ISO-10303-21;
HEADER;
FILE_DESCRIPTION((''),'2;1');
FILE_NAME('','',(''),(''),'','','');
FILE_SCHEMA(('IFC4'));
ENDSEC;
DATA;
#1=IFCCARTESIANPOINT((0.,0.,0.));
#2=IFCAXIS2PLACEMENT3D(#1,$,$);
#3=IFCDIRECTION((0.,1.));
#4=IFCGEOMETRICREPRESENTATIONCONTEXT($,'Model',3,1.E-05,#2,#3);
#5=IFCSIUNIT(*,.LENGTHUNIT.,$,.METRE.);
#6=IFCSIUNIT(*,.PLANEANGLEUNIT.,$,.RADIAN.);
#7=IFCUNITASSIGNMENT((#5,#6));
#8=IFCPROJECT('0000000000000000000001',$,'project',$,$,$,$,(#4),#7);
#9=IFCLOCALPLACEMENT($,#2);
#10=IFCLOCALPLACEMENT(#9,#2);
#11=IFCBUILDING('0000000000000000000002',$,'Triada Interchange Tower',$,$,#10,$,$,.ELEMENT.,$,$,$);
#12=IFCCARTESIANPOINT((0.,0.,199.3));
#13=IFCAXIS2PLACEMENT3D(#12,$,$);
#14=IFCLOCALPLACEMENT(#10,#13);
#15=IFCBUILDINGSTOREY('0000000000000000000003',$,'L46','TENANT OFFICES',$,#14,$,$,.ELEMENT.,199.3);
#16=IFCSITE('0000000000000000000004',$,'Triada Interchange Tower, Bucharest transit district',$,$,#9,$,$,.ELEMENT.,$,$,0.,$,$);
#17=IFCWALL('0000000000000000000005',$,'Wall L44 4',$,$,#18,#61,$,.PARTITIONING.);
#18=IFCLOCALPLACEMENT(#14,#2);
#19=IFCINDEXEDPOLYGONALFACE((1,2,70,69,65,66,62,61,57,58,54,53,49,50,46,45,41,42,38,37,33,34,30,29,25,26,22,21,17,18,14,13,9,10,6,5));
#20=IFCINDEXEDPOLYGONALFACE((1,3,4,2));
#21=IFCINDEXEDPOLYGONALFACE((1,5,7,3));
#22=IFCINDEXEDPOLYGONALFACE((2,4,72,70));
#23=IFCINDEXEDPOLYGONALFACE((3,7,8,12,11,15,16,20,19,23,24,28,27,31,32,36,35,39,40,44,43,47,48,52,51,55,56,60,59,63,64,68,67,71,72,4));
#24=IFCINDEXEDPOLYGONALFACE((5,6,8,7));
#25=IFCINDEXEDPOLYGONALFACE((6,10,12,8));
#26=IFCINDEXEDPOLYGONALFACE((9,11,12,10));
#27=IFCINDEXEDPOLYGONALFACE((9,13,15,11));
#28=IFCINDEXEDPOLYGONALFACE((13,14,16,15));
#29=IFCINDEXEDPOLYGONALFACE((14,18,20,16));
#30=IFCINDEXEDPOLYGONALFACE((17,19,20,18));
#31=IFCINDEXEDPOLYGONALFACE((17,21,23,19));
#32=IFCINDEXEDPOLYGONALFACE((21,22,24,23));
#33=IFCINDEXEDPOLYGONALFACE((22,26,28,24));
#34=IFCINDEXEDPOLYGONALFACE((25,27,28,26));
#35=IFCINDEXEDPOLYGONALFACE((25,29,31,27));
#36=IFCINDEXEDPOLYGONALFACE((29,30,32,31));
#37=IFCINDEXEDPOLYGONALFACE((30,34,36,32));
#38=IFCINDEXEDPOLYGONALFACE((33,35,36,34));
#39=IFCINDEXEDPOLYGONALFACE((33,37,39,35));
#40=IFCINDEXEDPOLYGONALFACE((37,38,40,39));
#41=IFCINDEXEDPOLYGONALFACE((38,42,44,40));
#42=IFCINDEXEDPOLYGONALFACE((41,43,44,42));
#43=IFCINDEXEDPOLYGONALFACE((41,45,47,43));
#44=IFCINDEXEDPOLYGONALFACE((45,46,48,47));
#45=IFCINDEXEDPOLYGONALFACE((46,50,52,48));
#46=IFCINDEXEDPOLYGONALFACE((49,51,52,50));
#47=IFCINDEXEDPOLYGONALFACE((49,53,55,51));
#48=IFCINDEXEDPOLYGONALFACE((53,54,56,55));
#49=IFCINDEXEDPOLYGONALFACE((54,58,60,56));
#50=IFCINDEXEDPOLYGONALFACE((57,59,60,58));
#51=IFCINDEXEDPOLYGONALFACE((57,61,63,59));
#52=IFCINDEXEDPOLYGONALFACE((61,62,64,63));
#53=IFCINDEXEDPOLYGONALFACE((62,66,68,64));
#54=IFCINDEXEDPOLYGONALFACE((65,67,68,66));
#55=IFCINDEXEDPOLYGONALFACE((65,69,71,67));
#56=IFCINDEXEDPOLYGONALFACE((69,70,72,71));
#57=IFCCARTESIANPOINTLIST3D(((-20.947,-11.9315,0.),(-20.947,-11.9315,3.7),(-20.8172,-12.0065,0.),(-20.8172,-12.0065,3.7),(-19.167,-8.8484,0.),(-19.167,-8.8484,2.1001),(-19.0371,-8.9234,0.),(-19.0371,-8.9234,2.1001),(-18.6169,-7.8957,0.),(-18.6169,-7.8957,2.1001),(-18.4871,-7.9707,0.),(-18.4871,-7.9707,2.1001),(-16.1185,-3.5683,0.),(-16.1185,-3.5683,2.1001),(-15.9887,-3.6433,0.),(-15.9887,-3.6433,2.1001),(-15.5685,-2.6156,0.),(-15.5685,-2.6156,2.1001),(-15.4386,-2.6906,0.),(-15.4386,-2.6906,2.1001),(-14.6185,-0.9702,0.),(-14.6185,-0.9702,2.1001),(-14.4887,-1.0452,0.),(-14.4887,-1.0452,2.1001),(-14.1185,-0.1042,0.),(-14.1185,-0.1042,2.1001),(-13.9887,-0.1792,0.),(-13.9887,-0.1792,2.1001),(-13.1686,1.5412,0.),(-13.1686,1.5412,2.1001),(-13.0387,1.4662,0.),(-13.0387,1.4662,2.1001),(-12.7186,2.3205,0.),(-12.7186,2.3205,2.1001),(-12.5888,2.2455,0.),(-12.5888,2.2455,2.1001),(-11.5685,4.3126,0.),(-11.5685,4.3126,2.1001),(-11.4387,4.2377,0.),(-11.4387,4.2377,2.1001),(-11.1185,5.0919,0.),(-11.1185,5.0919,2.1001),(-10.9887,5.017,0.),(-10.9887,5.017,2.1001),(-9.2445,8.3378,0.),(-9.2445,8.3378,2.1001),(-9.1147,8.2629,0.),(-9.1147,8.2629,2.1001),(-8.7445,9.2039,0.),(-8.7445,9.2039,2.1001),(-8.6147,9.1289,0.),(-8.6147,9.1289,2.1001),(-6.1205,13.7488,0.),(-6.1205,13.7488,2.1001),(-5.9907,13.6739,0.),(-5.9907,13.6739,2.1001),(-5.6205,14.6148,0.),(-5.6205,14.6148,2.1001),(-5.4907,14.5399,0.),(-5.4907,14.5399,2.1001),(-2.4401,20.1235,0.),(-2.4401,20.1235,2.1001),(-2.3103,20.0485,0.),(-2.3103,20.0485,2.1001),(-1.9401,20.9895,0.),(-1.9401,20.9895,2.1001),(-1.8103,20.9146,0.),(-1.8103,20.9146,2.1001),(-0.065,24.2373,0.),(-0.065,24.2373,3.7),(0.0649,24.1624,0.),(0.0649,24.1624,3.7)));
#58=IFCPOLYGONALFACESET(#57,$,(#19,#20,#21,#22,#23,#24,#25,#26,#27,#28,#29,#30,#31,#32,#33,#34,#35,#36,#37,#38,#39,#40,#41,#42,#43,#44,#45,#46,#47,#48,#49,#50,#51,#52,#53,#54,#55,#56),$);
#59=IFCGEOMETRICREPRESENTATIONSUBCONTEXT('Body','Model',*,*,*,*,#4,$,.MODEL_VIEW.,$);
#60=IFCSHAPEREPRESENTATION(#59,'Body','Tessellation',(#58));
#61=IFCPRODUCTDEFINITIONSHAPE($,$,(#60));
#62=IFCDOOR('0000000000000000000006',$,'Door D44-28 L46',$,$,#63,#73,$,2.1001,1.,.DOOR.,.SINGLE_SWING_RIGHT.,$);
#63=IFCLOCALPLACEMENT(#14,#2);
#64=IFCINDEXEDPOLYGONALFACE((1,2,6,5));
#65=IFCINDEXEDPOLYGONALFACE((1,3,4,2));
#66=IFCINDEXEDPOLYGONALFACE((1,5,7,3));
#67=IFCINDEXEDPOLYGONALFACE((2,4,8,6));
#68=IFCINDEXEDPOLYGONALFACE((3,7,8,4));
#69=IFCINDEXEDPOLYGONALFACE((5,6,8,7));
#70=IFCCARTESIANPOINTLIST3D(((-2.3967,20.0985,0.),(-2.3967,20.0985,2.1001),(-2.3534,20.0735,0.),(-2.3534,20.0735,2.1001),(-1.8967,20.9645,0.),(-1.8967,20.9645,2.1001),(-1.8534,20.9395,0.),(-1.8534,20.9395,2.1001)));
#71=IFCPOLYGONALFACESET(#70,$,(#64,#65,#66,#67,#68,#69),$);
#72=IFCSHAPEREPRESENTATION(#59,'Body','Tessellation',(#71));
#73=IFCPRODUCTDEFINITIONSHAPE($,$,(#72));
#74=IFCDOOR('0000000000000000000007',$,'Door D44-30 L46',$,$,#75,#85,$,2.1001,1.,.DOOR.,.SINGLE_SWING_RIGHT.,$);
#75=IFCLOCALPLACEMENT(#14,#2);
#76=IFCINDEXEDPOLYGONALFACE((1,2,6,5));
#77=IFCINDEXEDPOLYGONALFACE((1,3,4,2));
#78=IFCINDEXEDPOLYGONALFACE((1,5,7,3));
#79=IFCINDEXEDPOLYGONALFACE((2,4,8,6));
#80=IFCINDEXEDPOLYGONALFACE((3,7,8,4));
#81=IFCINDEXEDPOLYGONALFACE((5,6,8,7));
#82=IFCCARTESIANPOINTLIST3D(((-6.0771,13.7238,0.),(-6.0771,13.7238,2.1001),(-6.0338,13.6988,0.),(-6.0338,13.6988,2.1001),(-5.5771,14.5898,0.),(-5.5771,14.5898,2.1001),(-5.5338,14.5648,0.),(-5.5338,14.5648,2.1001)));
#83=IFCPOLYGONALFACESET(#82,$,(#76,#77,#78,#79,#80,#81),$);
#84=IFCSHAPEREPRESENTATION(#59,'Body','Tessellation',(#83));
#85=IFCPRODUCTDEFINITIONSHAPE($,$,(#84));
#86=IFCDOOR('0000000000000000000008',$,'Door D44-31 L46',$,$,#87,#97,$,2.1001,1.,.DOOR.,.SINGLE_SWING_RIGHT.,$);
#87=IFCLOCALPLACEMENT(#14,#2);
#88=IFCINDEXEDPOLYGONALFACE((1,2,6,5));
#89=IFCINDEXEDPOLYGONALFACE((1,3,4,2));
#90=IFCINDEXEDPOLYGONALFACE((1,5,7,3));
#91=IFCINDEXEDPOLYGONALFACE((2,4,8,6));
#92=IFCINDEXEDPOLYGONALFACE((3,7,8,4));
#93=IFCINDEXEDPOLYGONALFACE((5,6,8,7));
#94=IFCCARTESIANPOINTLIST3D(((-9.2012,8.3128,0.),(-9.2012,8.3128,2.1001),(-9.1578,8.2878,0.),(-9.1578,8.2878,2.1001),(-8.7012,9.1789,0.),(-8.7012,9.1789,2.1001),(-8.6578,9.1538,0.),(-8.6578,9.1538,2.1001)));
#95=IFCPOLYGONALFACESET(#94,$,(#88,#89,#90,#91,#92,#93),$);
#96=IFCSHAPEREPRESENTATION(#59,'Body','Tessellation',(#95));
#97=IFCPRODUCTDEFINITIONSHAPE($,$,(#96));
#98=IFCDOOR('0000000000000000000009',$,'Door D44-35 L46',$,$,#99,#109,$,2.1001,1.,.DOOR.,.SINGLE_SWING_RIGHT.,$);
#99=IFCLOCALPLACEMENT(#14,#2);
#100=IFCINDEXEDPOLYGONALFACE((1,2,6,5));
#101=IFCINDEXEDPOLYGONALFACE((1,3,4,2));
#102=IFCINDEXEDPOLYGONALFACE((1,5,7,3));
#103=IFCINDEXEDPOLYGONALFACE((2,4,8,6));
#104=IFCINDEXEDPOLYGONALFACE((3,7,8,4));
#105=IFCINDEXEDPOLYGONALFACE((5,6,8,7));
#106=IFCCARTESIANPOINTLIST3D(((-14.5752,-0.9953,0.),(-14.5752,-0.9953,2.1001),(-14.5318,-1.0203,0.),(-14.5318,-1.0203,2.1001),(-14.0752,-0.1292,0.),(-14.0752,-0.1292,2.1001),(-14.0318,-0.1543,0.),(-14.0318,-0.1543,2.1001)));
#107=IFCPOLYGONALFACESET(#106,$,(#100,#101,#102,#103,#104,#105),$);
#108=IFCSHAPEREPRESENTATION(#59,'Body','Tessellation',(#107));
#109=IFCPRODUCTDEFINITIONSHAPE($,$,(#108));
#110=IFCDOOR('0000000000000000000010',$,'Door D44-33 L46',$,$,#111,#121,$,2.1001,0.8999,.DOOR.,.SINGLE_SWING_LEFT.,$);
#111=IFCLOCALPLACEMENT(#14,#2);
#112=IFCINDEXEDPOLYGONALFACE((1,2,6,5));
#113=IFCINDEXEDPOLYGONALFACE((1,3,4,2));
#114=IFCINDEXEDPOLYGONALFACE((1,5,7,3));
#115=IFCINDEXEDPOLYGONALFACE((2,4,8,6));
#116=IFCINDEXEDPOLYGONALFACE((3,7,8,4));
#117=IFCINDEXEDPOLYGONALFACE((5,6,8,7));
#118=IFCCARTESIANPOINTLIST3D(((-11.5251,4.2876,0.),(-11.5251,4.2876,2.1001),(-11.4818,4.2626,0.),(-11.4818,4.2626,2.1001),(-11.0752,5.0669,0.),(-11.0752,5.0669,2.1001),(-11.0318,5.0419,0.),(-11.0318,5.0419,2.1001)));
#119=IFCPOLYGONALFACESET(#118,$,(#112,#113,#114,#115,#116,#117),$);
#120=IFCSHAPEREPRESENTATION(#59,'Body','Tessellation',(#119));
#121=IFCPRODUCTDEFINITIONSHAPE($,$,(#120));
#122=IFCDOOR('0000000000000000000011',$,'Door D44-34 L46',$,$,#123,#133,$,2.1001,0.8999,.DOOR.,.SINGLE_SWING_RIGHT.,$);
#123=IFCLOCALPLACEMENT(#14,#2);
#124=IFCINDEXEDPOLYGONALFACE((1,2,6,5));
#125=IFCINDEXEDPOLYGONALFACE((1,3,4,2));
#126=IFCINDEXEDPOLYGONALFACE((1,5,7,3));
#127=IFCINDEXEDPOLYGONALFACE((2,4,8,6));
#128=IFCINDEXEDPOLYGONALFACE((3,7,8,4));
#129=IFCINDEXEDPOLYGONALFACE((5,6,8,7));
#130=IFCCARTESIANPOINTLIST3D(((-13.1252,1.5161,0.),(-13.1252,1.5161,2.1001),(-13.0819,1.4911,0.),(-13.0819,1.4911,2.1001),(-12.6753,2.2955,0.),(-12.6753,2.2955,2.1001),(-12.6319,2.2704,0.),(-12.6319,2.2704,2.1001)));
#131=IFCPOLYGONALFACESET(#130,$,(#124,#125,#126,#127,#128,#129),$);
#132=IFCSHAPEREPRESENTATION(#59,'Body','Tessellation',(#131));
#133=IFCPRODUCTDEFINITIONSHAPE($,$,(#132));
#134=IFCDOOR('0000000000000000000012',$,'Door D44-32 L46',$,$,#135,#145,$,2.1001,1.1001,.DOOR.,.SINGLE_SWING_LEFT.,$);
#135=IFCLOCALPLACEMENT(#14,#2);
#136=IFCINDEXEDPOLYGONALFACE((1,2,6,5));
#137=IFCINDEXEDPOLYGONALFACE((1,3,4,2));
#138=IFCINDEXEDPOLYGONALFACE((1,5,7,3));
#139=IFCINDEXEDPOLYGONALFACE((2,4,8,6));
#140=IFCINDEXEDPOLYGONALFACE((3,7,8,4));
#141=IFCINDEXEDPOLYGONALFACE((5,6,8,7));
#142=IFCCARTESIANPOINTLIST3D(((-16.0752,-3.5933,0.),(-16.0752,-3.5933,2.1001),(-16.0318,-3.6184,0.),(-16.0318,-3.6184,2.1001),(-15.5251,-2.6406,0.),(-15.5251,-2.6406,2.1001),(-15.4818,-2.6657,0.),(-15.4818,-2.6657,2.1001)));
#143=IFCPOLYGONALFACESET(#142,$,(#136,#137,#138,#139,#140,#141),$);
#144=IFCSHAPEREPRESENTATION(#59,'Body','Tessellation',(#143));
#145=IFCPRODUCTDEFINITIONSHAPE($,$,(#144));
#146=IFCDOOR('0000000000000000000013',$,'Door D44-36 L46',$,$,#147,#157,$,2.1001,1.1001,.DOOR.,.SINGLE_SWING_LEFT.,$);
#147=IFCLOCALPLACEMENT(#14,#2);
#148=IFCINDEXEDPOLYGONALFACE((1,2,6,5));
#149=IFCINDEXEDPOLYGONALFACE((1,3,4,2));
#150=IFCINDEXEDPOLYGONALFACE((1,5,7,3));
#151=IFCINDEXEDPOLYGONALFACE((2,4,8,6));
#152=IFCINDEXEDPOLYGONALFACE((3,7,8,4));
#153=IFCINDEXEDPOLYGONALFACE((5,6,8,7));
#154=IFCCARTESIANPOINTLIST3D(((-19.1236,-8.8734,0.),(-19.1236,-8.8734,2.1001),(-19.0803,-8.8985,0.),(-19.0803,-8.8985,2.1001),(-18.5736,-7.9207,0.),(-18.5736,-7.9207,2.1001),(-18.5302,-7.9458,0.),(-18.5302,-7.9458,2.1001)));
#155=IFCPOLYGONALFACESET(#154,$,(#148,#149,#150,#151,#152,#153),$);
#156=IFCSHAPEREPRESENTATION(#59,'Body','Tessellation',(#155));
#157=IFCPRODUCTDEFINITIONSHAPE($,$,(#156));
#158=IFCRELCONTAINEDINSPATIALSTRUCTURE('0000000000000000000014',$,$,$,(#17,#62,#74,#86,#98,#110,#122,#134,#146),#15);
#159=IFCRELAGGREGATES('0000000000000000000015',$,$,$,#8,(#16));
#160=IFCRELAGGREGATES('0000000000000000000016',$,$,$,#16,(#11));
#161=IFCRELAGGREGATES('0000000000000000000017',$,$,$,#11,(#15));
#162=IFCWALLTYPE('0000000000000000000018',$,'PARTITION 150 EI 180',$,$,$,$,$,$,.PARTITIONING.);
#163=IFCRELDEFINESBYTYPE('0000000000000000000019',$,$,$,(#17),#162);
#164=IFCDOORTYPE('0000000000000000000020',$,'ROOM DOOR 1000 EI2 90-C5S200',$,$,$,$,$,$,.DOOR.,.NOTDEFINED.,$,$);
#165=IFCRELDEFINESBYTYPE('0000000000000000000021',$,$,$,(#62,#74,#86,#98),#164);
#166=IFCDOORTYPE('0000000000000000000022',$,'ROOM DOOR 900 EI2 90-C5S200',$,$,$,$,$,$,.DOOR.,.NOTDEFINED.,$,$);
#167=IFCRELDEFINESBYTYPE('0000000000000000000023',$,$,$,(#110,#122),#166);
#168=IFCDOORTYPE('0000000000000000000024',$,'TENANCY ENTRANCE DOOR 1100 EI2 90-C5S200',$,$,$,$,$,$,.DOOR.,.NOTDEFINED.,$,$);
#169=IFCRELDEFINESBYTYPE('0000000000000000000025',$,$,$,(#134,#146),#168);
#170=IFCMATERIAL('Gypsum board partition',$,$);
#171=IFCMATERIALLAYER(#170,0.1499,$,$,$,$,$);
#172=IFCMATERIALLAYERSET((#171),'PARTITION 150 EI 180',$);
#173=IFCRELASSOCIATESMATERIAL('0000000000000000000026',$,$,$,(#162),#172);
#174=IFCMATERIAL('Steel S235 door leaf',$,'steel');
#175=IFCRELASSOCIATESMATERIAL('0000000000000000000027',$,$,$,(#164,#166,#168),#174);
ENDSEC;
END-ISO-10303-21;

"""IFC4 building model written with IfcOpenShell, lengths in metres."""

from ifc_helpers import new_model, si_unit, direction, frame, frame_2d, origin, place, context, subcontext, project, spatial, rectangle, extrude, material, layer, layer_set, type_object, element, fill, save


model = new_model("IFC4")

# Units and contexts
model_context = context("Model", 3, precision=1e-05, world=origin(), true_north=direction((0.0, 1.0)))
body_context = subcontext(model_context, "Body", "Model", "MODEL_VIEW")
ifc_project = project(units=[si_unit("LENGTHUNIT", "METRE"), si_unit("PLANEANGLEUNIT", "RADIAN")], contexts=[model_context])

# Site, building, storey
site_placement = place(None, origin())
site = spatial("IfcSite", under=ifc_project, at=site_placement, Name="Triada Interchange Tower, Bucharest transit district", CompositionType="ELEMENT", RefElevation=0.0)
building_placement = place(site_placement, origin())
building = spatial("IfcBuilding", under=site, at=building_placement, Name="Triada Interchange Tower", CompositionType="ELEMENT")
storey_placement = place(building_placement, frame((0.0, 0.0, 199.3)))
storey = spatial("IfcBuildingStorey", under=building, at=storey_placement, Name="L46", Description="TENANT OFFICES", CompositionType="ELEMENT", Elevation=199.3)

# Wall, openings, doors
ifc_material_1 = material(Name="Gypsum board partition")
ifc_layer_1 = layer(ifc_material_1, 0.1499)
ifc_layer_set_1 = layer_set([ifc_layer_1], Name="PARTITION 150 EI 180")
wall_type_1 = type_object("IfcWallType", Name="PARTITION 150 EI 180", PredefinedType="PARTITIONING", material=ifc_layer_set_1)
wall_1_placement = place(storey_placement, frame((-20.8821, -11.969, 0.0), z_axis=(0.0, 0.0, 1.0), x_axis=(0.499999, 0.866026, 0.0)))
wall_1 = element("IfcWall", 1, at=wall_1_placement, inside=storey, type_object=wall_type_1, Name="Wall L44 4", PredefinedType="PARTITIONING", context=body_context, shape_type="SweptSolid", body=[
    extrude(rectangle(XDim=41.7642, YDim=0.1499, at=frame_2d((20.8821, 0.0))), origin(), (0.0, 0.0, 1.0), 3.7),
])
opening_1_placement = place(wall_1_placement, frame((37.0139, 0.0, 0.0)))
opening_1 = element("IfcOpeningElement", 2, at=opening_1_placement, cuts=wall_1, PredefinedType="OPENING", context=body_context, shape_type="SweptSolid", body=[
    extrude(rectangle(XDim=1.0, YDim=2.1001, at=frame_2d((0.5, 1.05))), frame((0.0, 0.085, 0.0), z_axis=(0.0, -1.0, 0.0), x_axis=(1.0, 0.0, 0.0)), (0.0, 0.0, 1.0), 0.1699),
])
opening_2_placement = place(wall_1_placement, frame((29.6531, 0.0, 0.0)))
opening_2 = element("IfcOpeningElement", 3, at=opening_2_placement, cuts=wall_1, PredefinedType="OPENING", context=body_context, shape_type="SweptSolid", body=[
    extrude(rectangle(XDim=1.0, YDim=2.1001, at=frame_2d((0.5, 1.05))), frame((0.0, 0.085, 0.0), z_axis=(0.0, -1.0, 0.0), x_axis=(1.0, 0.0, 0.0)), (0.0, 0.0, 1.0), 0.1699),
])
opening_3_placement = place(wall_1_placement, frame((23.405, 0.0, 0.0)))
opening_3 = element("IfcOpeningElement", 4, at=opening_3_placement, cuts=wall_1, PredefinedType="OPENING", context=body_context, shape_type="SweptSolid", body=[
    extrude(rectangle(XDim=1.0, YDim=2.1001, at=frame_2d((0.5, 1.05))), frame((0.0, 0.085, 0.0), z_axis=(0.0, -1.0, 0.0), x_axis=(1.0, 0.0, 0.0)), (0.0, 0.0, 1.0), 0.1699),
])
opening_4_placement = place(wall_1_placement, frame((9.657, 0.0, 0.0)))
opening_4 = element("IfcOpeningElement", 5, at=opening_4_placement, cuts=wall_1, PredefinedType="OPENING", context=body_context, shape_type="SweptSolid", body=[
    extrude(rectangle(XDim=1.1001, YDim=2.1001, at=frame_2d((0.55, 1.05))), frame((0.0, 0.085, 0.0), z_axis=(0.0, -1.0, 0.0), x_axis=(1.0, 0.0, 0.0)), (0.0, 0.0, 1.0), 0.1699),
])
opening_5_placement = place(wall_1_placement, frame((18.7571, 0.0, 0.0)))
opening_5 = element("IfcOpeningElement", 6, at=opening_5_placement, cuts=wall_1, PredefinedType="OPENING", context=body_context, shape_type="SweptSolid", body=[
    extrude(rectangle(XDim=0.8999, YDim=2.1001, at=frame_2d((0.45, 1.05))), frame((0.0, 0.085, 0.0), z_axis=(0.0, -1.0, 0.0), x_axis=(1.0, 0.0, 0.0)), (0.0, 0.0, 1.0), 0.1699),
])
opening_6_placement = place(wall_1_placement, frame((15.5569, 0.0, 0.0)))
opening_6 = element("IfcOpeningElement", 7, at=opening_6_placement, cuts=wall_1, PredefinedType="OPENING", context=body_context, shape_type="SweptSolid", body=[
    extrude(rectangle(XDim=0.8999, YDim=2.1001, at=frame_2d((0.45, 1.05))), frame((0.0, 0.085, 0.0), z_axis=(0.0, -1.0, 0.0), x_axis=(1.0, 0.0, 0.0)), (0.0, 0.0, 1.0), 0.1699),
])
opening_7_placement = place(wall_1_placement, frame((12.657, 0.0, 0.0)))
opening_7 = element("IfcOpeningElement", 8, at=opening_7_placement, cuts=wall_1, PredefinedType="OPENING", context=body_context, shape_type="SweptSolid", body=[
    extrude(rectangle(XDim=1.0, YDim=2.1001, at=frame_2d((0.5, 1.05))), frame((0.0, 0.085, 0.0), z_axis=(0.0, -1.0, 0.0), x_axis=(1.0, 0.0, 0.0)), (0.0, 0.0, 1.0), 0.1699),
])
opening_8_placement = place(wall_1_placement, frame((3.5601, 0.0, 0.0)))
opening_8 = element("IfcOpeningElement", 9, at=opening_8_placement, cuts=wall_1, PredefinedType="OPENING", context=body_context, shape_type="SweptSolid", body=[
    extrude(rectangle(XDim=1.1001, YDim=2.1001, at=frame_2d((0.55, 1.05))), frame((0.0, 0.085, 0.0), z_axis=(0.0, -1.0, 0.0), x_axis=(1.0, 0.0, 0.0)), (0.0, 0.0, 1.0), 0.1699),
])
ifc_material_2 = material(Name="Steel S235 door leaf", Category="steel")
door_type_1 = type_object("IfcDoorType", Name="ROOM DOOR 1000 EI2 90-C5S200", OperationType="NOTDEFINED", PredefinedType="DOOR", material=ifc_material_2)
door_1_placement = place(opening_1_placement, origin())
door_1 = element("IfcDoor", 10, at=door_1_placement, inside=storey, type_object=door_type_1, Name="Door D44-28 L46", OperationType="SINGLE_SWING_RIGHT", OverallHeight=2.1001, OverallWidth=1.0, PredefinedType="DOOR", context=body_context, shape_type="SweptSolid", body=[
    extrude(rectangle(XDim=1.0, YDim=2.1001, at=frame_2d((0.5, 1.05))), frame((0.0, 0.0249, 0.0), z_axis=(0.0, -1.0, 0.0), x_axis=(1.0, 0.0, 0.0)), (0.0, 0.0, 1.0), 0.05),
])
fill(opening_1, door_1)
door_2_placement = place(opening_2_placement, origin())
door_2 = element("IfcDoor", 11, at=door_2_placement, inside=storey, type_object=door_type_1, Name="Door D44-30 L46", OperationType="SINGLE_SWING_RIGHT", OverallHeight=2.1001, OverallWidth=1.0, PredefinedType="DOOR", context=body_context, shape_type="SweptSolid", body=[
    extrude(rectangle(XDim=1.0, YDim=2.1001, at=frame_2d((0.5, 1.05))), frame((0.0, 0.0249, 0.0), z_axis=(0.0, -1.0, 0.0), x_axis=(1.0, 0.0, 0.0)), (0.0, 0.0, 1.0), 0.05),
])
fill(opening_2, door_2)
door_3_placement = place(opening_3_placement, origin())
door_3 = element("IfcDoor", 12, at=door_3_placement, inside=storey, type_object=door_type_1, Name="Door D44-31 L46", OperationType="SINGLE_SWING_RIGHT", OverallHeight=2.1001, OverallWidth=1.0, PredefinedType="DOOR", context=body_context, shape_type="SweptSolid", body=[
    extrude(rectangle(XDim=1.0, YDim=2.1001, at=frame_2d((0.5, 1.05))), frame((0.0, 0.0249, 0.0), z_axis=(0.0, -1.0, 0.0), x_axis=(1.0, 0.0, 0.0)), (0.0, 0.0, 1.0), 0.05),
])
fill(opening_3, door_3)
door_4_placement = place(opening_7_placement, origin())
door_4 = element("IfcDoor", 13, at=door_4_placement, inside=storey, type_object=door_type_1, Name="Door D44-35 L46", OperationType="SINGLE_SWING_RIGHT", OverallHeight=2.1001, OverallWidth=1.0, PredefinedType="DOOR", context=body_context, shape_type="SweptSolid", body=[
    extrude(rectangle(XDim=1.0, YDim=2.1001, at=frame_2d((0.5, 1.05))), frame((0.0, 0.0249, 0.0), z_axis=(0.0, -1.0, 0.0), x_axis=(1.0, 0.0, 0.0)), (0.0, 0.0, 1.0), 0.05),
])
fill(opening_7, door_4)
door_type_2 = type_object("IfcDoorType", Name="ROOM DOOR 900 EI2 90-C5S200", OperationType="NOTDEFINED", PredefinedType="DOOR", material=ifc_material_2)
door_5_placement = place(opening_5_placement, origin())
door_5 = element("IfcDoor", 14, at=door_5_placement, inside=storey, type_object=door_type_2, Name="Door D44-33 L46", OperationType="SINGLE_SWING_LEFT", OverallHeight=2.1001, OverallWidth=0.8999, PredefinedType="DOOR", context=body_context, shape_type="SweptSolid", body=[
    extrude(rectangle(XDim=0.8999, YDim=2.1001, at=frame_2d((0.45, 1.05))), frame((0.0, 0.0249, 0.0), z_axis=(0.0, -1.0, 0.0), x_axis=(1.0, 0.0, 0.0)), (0.0, 0.0, 1.0), 0.05),
])
fill(opening_5, door_5)
door_6_placement = place(opening_6_placement, origin())
door_6 = element("IfcDoor", 15, at=door_6_placement, inside=storey, type_object=door_type_2, Name="Door D44-34 L46", OperationType="SINGLE_SWING_RIGHT", OverallHeight=2.1001, OverallWidth=0.8999, PredefinedType="DOOR", context=body_context, shape_type="SweptSolid", body=[
    extrude(rectangle(XDim=0.8999, YDim=2.1001, at=frame_2d((0.45, 1.05))), frame((0.0, 0.0249, 0.0), z_axis=(0.0, -1.0, 0.0), x_axis=(1.0, 0.0, 0.0)), (0.0, 0.0, 1.0), 0.05),
])
fill(opening_6, door_6)
door_type_3 = type_object("IfcDoorType", Name="TENANCY ENTRANCE DOOR 1100 EI2 90-C5S200", OperationType="NOTDEFINED", PredefinedType="DOOR", material=ifc_material_2)
door_7_placement = place(opening_4_placement, origin())
door_7 = element("IfcDoor", 16, at=door_7_placement, inside=storey, type_object=door_type_3, Name="Door D44-32 L46", OperationType="SINGLE_SWING_LEFT", OverallHeight=2.1001, OverallWidth=1.1001, PredefinedType="DOOR", context=body_context, shape_type="SweptSolid", body=[
    extrude(rectangle(XDim=1.1001, YDim=2.1001, at=frame_2d((0.55, 1.05))), frame((0.0, 0.0249, 0.0), z_axis=(0.0, -1.0, 0.0), x_axis=(1.0, 0.0, 0.0)), (0.0, 0.0, 1.0), 0.05),
])
fill(opening_4, door_7)
door_8_placement = place(opening_8_placement, origin())
door_8 = element("IfcDoor", 17, at=door_8_placement, inside=storey, type_object=door_type_3, Name="Door D44-36 L46", OperationType="SINGLE_SWING_LEFT", OverallHeight=2.1001, OverallWidth=1.1001, PredefinedType="DOOR", context=body_context, shape_type="SweptSolid", body=[
    extrude(rectangle(XDim=1.1001, YDim=2.1001, at=frame_2d((0.55, 1.05))), frame((0.0, 0.0249, 0.0), z_axis=(0.0, -1.0, 0.0), x_axis=(1.0, 0.0, 0.0)), (0.0, 0.0, 1.0), 0.05),
])
fill(opening_8, door_8)

save(model, "model.ifc")
